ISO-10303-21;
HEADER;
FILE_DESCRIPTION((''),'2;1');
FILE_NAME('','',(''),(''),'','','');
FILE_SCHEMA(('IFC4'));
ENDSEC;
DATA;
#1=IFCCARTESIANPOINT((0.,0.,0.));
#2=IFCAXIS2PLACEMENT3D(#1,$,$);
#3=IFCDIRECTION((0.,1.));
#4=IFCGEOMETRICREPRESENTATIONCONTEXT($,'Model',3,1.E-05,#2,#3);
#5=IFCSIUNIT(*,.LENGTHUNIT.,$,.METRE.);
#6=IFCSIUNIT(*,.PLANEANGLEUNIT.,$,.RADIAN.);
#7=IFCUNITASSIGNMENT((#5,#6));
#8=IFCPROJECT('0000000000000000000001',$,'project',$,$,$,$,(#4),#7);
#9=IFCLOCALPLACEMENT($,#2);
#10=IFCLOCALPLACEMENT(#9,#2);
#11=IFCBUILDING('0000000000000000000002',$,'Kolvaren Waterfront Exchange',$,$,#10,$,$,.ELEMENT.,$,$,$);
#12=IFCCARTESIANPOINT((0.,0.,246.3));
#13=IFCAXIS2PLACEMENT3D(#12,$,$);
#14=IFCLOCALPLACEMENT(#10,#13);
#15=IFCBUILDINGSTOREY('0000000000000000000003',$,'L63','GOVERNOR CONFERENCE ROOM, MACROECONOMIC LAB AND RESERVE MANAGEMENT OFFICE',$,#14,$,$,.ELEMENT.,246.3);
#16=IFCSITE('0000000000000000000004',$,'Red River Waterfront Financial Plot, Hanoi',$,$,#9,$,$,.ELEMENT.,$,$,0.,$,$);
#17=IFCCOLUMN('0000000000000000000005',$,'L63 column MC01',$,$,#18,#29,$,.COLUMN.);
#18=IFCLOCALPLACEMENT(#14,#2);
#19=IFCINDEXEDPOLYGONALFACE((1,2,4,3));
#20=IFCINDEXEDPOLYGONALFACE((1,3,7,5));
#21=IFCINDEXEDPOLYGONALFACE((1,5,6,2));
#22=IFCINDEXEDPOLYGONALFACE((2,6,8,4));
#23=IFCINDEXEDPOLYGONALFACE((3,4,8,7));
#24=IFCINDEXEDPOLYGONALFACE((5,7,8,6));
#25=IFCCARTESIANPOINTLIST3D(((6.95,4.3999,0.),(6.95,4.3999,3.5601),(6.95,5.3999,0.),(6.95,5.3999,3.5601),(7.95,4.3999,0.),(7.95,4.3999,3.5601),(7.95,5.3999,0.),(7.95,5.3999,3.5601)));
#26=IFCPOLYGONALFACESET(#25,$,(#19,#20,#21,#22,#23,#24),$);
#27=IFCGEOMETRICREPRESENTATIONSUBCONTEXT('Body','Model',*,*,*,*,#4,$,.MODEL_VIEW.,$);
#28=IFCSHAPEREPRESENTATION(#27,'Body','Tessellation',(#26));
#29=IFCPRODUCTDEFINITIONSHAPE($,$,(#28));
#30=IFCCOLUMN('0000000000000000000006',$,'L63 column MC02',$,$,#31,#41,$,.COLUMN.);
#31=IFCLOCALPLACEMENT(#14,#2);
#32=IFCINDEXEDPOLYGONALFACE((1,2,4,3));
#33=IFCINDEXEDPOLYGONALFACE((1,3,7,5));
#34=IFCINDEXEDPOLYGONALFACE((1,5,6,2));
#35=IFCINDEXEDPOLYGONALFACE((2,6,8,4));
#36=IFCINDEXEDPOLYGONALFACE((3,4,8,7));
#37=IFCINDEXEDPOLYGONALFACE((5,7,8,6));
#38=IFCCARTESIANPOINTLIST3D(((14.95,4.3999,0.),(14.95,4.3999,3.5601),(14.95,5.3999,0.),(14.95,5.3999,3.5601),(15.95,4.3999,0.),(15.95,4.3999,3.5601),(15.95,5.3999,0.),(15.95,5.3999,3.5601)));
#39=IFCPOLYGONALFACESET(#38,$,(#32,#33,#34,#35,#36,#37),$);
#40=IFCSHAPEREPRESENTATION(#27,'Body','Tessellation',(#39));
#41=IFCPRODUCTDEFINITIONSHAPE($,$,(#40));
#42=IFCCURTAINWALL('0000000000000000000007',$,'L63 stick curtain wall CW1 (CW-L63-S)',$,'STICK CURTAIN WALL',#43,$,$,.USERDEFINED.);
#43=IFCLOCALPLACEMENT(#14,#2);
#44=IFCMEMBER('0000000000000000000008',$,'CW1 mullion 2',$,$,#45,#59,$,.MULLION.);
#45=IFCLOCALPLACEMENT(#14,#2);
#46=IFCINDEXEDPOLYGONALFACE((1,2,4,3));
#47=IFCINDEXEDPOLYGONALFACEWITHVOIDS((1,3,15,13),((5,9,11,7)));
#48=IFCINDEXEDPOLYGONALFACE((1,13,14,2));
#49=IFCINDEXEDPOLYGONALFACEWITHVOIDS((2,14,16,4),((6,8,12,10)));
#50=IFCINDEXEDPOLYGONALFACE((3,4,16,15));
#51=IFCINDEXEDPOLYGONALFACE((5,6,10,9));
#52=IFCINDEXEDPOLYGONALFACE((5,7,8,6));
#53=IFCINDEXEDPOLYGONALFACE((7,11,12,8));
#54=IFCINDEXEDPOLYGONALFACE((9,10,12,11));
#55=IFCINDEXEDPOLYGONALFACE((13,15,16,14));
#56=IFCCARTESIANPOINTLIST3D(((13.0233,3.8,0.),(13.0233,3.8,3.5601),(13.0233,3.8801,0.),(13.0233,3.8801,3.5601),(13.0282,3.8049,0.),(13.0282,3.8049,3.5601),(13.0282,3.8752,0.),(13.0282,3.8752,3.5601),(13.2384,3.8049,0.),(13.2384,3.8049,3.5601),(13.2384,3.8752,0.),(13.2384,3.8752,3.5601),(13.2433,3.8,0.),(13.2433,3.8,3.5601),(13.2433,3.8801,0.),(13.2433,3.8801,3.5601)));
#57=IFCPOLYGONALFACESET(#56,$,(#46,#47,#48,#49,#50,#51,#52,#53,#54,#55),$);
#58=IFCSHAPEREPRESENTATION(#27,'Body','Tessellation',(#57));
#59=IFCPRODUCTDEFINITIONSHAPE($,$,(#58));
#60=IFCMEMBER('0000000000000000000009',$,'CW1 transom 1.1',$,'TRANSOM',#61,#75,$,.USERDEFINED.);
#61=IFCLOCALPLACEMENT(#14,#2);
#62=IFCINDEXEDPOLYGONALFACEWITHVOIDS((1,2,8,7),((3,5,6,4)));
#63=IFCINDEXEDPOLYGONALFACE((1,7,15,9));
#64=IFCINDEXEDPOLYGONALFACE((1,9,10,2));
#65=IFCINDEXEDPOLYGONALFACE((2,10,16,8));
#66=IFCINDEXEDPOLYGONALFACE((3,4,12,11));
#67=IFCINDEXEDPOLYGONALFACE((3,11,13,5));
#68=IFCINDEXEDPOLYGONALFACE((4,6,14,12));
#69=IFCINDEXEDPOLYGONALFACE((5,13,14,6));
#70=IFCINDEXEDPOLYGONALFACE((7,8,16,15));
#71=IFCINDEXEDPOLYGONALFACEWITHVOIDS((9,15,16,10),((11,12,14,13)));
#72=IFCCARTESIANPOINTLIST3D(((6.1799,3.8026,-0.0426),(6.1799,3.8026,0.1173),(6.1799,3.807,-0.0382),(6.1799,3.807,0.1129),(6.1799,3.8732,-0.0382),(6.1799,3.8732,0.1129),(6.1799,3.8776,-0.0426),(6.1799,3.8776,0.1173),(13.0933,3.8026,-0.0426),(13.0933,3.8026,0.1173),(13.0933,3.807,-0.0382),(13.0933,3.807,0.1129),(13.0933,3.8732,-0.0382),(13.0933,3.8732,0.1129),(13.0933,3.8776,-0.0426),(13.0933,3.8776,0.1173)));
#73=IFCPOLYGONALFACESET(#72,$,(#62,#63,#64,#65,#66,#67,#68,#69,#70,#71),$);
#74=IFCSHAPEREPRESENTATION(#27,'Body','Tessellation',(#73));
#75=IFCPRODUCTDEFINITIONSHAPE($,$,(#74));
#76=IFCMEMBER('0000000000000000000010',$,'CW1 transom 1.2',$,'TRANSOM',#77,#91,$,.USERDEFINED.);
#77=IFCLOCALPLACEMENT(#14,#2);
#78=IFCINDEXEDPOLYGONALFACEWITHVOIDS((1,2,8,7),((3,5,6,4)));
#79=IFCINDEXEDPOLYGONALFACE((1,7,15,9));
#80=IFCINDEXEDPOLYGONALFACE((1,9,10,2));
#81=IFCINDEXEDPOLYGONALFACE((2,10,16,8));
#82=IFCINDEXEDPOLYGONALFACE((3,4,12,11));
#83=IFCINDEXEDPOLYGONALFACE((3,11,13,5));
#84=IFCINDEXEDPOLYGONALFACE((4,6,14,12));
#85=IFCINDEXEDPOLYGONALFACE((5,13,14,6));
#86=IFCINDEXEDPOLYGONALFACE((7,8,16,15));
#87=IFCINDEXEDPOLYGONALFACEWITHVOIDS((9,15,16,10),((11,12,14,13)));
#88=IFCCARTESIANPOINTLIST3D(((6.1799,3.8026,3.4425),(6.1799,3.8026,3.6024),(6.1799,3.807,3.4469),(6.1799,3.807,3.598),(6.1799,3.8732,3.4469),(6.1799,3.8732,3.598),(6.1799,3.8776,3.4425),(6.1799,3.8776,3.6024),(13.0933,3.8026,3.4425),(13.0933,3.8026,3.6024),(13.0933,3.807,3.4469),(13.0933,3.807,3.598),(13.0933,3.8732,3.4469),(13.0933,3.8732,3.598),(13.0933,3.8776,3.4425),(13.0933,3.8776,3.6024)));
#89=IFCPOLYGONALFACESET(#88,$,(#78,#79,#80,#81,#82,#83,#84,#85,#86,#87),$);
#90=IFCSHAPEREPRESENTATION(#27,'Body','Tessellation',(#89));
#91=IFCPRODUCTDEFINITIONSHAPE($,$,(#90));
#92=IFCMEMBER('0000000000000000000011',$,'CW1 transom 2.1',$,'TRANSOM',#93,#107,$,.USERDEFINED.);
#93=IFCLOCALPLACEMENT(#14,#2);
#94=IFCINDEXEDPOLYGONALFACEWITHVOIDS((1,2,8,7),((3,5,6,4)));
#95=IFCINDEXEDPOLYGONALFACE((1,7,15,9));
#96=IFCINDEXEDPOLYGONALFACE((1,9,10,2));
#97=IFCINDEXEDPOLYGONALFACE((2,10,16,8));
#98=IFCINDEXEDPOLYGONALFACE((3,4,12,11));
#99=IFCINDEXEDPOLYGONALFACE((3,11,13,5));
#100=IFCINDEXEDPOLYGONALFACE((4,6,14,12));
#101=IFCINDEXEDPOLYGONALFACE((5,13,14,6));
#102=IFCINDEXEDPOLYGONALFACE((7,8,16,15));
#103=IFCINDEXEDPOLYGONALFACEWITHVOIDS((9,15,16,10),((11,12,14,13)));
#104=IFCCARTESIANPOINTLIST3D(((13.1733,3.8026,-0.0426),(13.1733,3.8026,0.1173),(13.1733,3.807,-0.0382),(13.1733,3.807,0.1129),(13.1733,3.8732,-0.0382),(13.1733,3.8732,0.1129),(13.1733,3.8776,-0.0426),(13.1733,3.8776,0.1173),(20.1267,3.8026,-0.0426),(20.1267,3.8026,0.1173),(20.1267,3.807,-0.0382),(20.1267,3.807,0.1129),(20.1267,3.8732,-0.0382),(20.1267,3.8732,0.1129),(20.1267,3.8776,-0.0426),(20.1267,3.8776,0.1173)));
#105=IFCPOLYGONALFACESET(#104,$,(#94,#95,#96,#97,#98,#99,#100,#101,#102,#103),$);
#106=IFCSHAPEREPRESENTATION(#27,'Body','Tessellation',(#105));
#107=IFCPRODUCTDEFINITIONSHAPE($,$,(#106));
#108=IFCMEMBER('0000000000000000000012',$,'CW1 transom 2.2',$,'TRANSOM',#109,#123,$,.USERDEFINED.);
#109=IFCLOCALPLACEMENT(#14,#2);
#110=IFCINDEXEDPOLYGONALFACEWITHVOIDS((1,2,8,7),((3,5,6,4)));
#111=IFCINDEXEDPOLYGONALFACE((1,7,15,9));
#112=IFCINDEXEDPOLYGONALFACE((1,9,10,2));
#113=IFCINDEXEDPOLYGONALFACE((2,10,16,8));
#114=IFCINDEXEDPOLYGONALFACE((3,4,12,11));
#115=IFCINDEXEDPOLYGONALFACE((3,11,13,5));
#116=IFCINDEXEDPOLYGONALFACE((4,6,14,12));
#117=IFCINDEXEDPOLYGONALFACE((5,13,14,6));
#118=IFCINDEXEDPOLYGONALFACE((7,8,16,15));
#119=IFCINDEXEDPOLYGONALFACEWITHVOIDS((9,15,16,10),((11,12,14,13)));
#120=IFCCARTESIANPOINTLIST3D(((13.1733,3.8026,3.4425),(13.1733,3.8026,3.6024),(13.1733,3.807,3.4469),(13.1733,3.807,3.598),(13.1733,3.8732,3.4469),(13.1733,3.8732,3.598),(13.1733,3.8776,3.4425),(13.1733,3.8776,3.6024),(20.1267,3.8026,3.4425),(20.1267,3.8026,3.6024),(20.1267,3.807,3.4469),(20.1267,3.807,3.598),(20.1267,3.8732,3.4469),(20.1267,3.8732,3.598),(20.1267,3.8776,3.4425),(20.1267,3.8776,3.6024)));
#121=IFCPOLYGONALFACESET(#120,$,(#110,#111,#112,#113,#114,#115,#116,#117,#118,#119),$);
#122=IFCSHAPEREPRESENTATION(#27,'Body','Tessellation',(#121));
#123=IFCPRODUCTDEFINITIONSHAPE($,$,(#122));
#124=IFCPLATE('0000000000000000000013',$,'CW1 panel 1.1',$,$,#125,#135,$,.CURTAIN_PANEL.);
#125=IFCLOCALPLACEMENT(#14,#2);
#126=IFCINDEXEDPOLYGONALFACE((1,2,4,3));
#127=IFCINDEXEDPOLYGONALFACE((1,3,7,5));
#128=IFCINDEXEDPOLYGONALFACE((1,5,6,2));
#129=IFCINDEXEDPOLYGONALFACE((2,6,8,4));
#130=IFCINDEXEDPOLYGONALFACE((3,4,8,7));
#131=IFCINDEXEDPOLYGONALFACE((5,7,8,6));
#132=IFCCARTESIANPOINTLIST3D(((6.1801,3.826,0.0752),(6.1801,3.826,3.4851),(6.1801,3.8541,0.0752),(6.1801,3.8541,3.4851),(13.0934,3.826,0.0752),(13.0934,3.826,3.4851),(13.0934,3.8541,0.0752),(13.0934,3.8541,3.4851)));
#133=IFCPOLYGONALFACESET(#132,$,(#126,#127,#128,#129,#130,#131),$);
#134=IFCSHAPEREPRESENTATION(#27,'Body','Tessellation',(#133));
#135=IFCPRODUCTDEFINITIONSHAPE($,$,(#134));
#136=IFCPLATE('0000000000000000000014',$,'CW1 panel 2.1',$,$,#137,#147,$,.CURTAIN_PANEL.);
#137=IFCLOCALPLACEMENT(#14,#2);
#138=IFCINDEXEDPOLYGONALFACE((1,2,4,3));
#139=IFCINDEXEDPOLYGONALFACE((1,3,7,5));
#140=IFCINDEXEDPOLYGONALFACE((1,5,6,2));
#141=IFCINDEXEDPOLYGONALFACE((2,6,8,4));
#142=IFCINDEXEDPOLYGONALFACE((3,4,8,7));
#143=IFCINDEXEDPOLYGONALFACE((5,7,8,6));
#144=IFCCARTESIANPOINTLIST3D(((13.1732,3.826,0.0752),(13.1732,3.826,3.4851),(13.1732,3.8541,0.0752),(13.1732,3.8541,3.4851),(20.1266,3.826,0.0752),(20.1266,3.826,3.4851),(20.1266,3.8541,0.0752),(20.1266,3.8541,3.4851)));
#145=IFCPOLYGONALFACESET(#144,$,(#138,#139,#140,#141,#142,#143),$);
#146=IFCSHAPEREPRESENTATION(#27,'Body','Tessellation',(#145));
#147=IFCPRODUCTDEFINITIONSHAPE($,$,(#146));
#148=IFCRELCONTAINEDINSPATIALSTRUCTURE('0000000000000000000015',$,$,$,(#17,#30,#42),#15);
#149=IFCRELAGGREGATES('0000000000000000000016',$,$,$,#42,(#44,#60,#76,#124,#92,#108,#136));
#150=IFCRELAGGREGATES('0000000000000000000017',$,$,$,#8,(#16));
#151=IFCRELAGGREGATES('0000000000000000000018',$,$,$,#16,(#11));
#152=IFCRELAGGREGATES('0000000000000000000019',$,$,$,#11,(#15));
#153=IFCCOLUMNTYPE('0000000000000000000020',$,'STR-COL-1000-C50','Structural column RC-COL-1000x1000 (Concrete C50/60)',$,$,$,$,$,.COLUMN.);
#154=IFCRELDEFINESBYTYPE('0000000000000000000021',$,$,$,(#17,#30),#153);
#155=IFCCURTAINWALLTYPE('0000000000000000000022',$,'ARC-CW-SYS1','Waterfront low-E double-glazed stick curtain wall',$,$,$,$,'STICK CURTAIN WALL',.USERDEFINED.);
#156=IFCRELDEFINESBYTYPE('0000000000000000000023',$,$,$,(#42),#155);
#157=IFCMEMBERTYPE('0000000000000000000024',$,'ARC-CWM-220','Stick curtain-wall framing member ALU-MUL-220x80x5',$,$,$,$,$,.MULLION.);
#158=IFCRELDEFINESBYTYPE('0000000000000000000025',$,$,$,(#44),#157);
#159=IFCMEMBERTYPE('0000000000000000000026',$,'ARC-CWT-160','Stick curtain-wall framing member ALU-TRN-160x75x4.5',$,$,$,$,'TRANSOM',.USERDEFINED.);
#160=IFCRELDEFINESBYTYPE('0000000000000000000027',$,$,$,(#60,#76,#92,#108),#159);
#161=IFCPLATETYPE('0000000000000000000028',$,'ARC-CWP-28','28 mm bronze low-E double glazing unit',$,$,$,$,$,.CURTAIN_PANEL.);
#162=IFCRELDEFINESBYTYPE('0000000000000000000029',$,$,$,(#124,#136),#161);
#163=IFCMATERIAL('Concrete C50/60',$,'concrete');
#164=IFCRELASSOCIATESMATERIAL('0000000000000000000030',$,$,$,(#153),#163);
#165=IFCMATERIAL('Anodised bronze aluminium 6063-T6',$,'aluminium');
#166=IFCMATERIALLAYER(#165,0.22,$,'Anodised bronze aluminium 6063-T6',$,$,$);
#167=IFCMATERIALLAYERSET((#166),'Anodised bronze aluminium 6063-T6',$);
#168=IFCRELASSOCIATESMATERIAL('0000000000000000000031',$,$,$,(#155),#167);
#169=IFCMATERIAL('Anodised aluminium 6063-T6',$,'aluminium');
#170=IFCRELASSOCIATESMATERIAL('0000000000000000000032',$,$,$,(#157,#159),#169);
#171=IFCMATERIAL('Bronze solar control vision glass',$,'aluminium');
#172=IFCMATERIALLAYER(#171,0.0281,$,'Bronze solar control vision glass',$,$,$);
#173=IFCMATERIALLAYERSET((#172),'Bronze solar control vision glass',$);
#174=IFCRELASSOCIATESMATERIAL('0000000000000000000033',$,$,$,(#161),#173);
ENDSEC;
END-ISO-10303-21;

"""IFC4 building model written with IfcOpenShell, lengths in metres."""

from ifc_helpers import new_model, si_unit, direction, frame, origin, origin_with_axes, origin_2d, place, context, subcontext, project, spatial, rectangle, hollow_rectangle, extrude, source, transform, mapped, material, layer, layer_set, material_profile, profile_set, type_object, element, aggregate, save


model = new_model("IFC4")

# Units and contexts
model_context = context("Model", 3, precision=1e-05, world=origin(), true_north=direction((0.0, 1.0)))
body_context = subcontext(model_context, "Body", "Model", "MODEL_VIEW")
ifc_project = project(units=[si_unit("LENGTHUNIT", "METRE"), si_unit("PLANEANGLEUNIT", "RADIAN")], contexts=[model_context])

# Site, building, storey
site_placement = place(None, origin())
site = spatial("IfcSite", under=ifc_project, at=site_placement, Name="Red River Waterfront Financial Plot, Hanoi", CompositionType="ELEMENT", RefElevation=0.0)
building_placement = place(site_placement, origin())
building = spatial("IfcBuilding", under=site, at=building_placement, Name="Kolvaren Waterfront Exchange", CompositionType="ELEMENT")
storey_placement = place(building_placement, frame((0.0, 0.0, 246.3)))
storey = spatial("IfcBuildingStorey", under=building, at=storey_placement, Name="L63", Description="GOVERNOR CONFERENCE ROOM, MACROECONOMIC LAB AND RESERVE MANAGEMENT OFFICE", CompositionType="ELEMENT", Elevation=246.3)

# Columns
ifc_material_1 = material(Name="Concrete C50/60", Category="concrete")
ifc_material_profile_1 = material_profile(ifc_material_1, rectangle(XDim=1.0, YDim=1.0, at=origin_2d()), Name="RC-COL-1000x1000")
ifc_profile_set_1 = profile_set([ifc_material_profile_1], Name="Concrete C50/60")
column_type = type_object("IfcColumnType", Name="STR-COL-1000-C50", Description="Structural column RC-COL-1000x1000 (Concrete C50/60)", PredefinedType="COLUMN", material=ifc_profile_set_1)
for number, where, z_axis, x_axis, name in (
    (1, (7.45, 4.8999, 0.0), (0.0, 0.0, 1.0), (1.0, 0.0, 0.0), "L63 column MC01"),
    (2, (15.45, 4.8999, 0.0), (0.0, 0.0, 1.0), (1.0, 0.0, 0.0), "L63 column MC02"),
):
    element("IfcColumn", number, at=place(storey_placement, frame(where, z_axis=z_axis, x_axis=x_axis)), inside=storey, type_object=column_type, Name=name, PredefinedType="COLUMN", context=body_context, shape_type="SweptSolid", body=[
        extrude(rectangle(XDim=1.0, YDim=1.0, at=origin_2d()), origin(), (0.0, 0.0, 1.0), 3.5601),
    ])

# Curtain wall, members, plates
ifc_material_2 = material(Name="Anodised bronze aluminium 6063-T6", Category="aluminium")
ifc_layer_1 = layer(ifc_material_2, 0.22, Name="Anodised bronze aluminium 6063-T6")
ifc_layer_set_1 = layer_set([ifc_layer_1], Name="Anodised bronze aluminium 6063-T6")
curtain_wall_type = type_object("IfcCurtainWallType", Name="ARC-CW-SYS1", Description="Waterfront low-E double-glazed stick curtain wall", ElementType="STICK CURTAIN WALL", PredefinedType="USERDEFINED", material=ifc_layer_set_1)
curtain_wall_placement = place(storey_placement, origin())
curtain_wall = element("IfcCurtainWall", 3, at=curtain_wall_placement, inside=storey, type_object=curtain_wall_type, Name="L63 stick curtain wall CW1 (CW-L63-S)", ObjectType="STICK CURTAIN WALL", PredefinedType="USERDEFINED")
ifc_material_3 = material(Name="Anodised aluminium 6063-T6", Category="aluminium")
ifc_material_profile_2 = material_profile(ifc_material_3, hollow_rectangle(XDim=0.0801, YDim=0.22, WallThickness=0.0049, at=origin_2d()), Name="ALU-MUL-220x80x5")
ifc_profile_set_2 = profile_set([ifc_material_profile_2], Name="Anodised aluminium 6063-T6")
member_type_1 = type_object("IfcMemberType", Name="ARC-CWM-220", Description="Stick curtain-wall framing member ALU-MUL-220x80x5", PredefinedType="MULLION", material=ifc_profile_set_2)
shared_shape_1 = source(origin_with_axes(), body_context, "Body", "SweptSolid", [
    extrude(hollow_rectangle(XDim=0.0801, YDim=0.22, WallThickness=0.0049, at=origin_2d()), origin(), (0.0, 0.0, 1.0), 3.5601),
])
member_1_placement = place(storey_placement, frame((13.1333, 3.8401, 0.0), z_axis=(0.0, 0.0, 1.0), x_axis=(0.0, 1.0, 0.0)))
member_1 = element("IfcMember", 4, at=member_1_placement, type_object=member_type_1, Name="CW1 mullion 2", PredefinedType="MULLION", context=body_context, shape_type="MappedRepresentation", body=[
    mapped(shared_shape_1, transform((0.0, 0.0, 0.0), x_axis=(1.0, 0.0, 0.0), y_axis=(0.0, 1.0, 0.0), z_axis=(0.0, 0.0, 1.0), scale=1.0)),
])
ifc_material_profile_3 = material_profile(ifc_material_3, hollow_rectangle(XDim=0.075, YDim=0.1599, WallThickness=0.0044, at=origin_2d()), Name="ALU-TRN-160x75x4.5")
ifc_profile_set_3 = profile_set([ifc_material_profile_3], Name="Anodised aluminium 6063-T6")
member_type_2 = type_object("IfcMemberType", Name="ARC-CWT-160", Description="Stick curtain-wall framing member ALU-TRN-160x75x4.5", ElementType="TRANSOM", PredefinedType="USERDEFINED", material=ifc_profile_set_3)
shared_shape_2 = source(origin_with_axes(), body_context, "Body", "SweptSolid", [
    extrude(hollow_rectangle(XDim=0.075, YDim=0.1599, WallThickness=0.0044, at=origin_2d()), origin(), (0.0, 0.0, 1.0), 6.9133),
])
member_2_placement = place(storey_placement, frame((6.1799, 3.8401, 0.0374), z_axis=(1.0, 0.0, 0.0), x_axis=(0.0, 1.0, 0.0)))
member_2 = element("IfcMember", 5, at=member_2_placement, type_object=member_type_2, Name="CW1 transom 1.1", ObjectType="TRANSOM", PredefinedType="USERDEFINED", context=body_context, shape_type="MappedRepresentation", body=[
    mapped(shared_shape_2, transform((0.0, 0.0, 0.0), x_axis=(1.0, 0.0, 0.0), y_axis=(0.0, 1.0, 0.0), z_axis=(0.0, 0.0, 1.0), scale=1.0)),
])
member_3_placement = place(storey_placement, frame((6.1799, 3.8401, 3.5225), z_axis=(1.0, 0.0, 0.0), x_axis=(0.0, 1.0, 0.0)))
member_3 = element("IfcMember", 6, at=member_3_placement, type_object=member_type_2, Name="CW1 transom 1.2", ObjectType="TRANSOM", PredefinedType="USERDEFINED", context=body_context, shape_type="MappedRepresentation", body=[
    mapped(shared_shape_2, transform((0.0, 0.0, 0.0), x_axis=(1.0, 0.0, 0.0), y_axis=(0.0, 1.0, 0.0), z_axis=(0.0, 0.0, 1.0), scale=1.0)),
])
shared_shape_3 = source(origin_with_axes(), body_context, "Body", "SweptSolid", [
    extrude(hollow_rectangle(XDim=0.075, YDim=0.1599, WallThickness=0.0044, at=origin_2d()), origin(), (0.0, 0.0, 1.0), 6.9534),
])
member_4_placement = place(storey_placement, frame((13.1733, 3.8401, 0.0374), z_axis=(1.0, 0.0, 0.0), x_axis=(0.0, 1.0, 0.0)))
member_4 = element("IfcMember", 7, at=member_4_placement, type_object=member_type_2, Name="CW1 transom 2.1", ObjectType="TRANSOM", PredefinedType="USERDEFINED", context=body_context, shape_type="MappedRepresentation", body=[
    mapped(shared_shape_3, transform((0.0, 0.0, 0.0), x_axis=(1.0, 0.0, 0.0), y_axis=(0.0, 1.0, 0.0), z_axis=(0.0, 0.0, 1.0), scale=1.0)),
])
member_5_placement = place(storey_placement, frame((13.1733, 3.8401, 3.5225), z_axis=(1.0, 0.0, 0.0), x_axis=(0.0, 1.0, 0.0)))
member_5 = element("IfcMember", 8, at=member_5_placement, type_object=member_type_2, Name="CW1 transom 2.2", ObjectType="TRANSOM", PredefinedType="USERDEFINED", context=body_context, shape_type="MappedRepresentation", body=[
    mapped(shared_shape_3, transform((0.0, 0.0, 0.0), x_axis=(1.0, 0.0, 0.0), y_axis=(0.0, 1.0, 0.0), z_axis=(0.0, 0.0, 1.0), scale=1.0)),
])
ifc_material_4 = material(Name="Bronze solar control vision glass", Category="aluminium")
ifc_layer_2 = layer(ifc_material_4, 0.0281, Name="Bronze solar control vision glass")
ifc_layer_set_2 = layer_set([ifc_layer_2], Name="Bronze solar control vision glass")
plate_type = type_object("IfcPlateType", Name="ARC-CWP-28", Description="28 mm bronze low-E double glazing unit", PredefinedType="CURTAIN_PANEL", material=ifc_layer_set_2)
shared_shape_4 = source(origin_with_axes(), body_context, "Body", "SweptSolid", [
    extrude(rectangle(XDim=6.9133, YDim=0.0281, at=origin_2d()), origin(), (0.0, 0.0, 1.0), 3.4099),
])
plate_1_placement = place(storey_placement, frame((9.6367, 3.8401, 0.0752), z_axis=(0.0, 0.0, 1.0), x_axis=(1.0, 0.0, 0.0)))
plate_1 = element("IfcPlate", 9, at=plate_1_placement, type_object=plate_type, Name="CW1 panel 1.1", PredefinedType="CURTAIN_PANEL", context=body_context, shape_type="MappedRepresentation", body=[
    mapped(shared_shape_4, transform((0.0, 0.0, 0.0), x_axis=(1.0, 0.0, 0.0), y_axis=(0.0, 1.0, 0.0), z_axis=(0.0, 0.0, 1.0), scale=1.0)),
])
shared_shape_5 = source(origin_with_axes(), body_context, "Body", "SweptSolid", [
    extrude(rectangle(XDim=6.9534, YDim=0.0281, at=origin_2d()), origin(), (0.0, 0.0, 1.0), 3.4099),
])
plate_2_placement = place(storey_placement, frame((16.6499, 3.8401, 0.0752), z_axis=(0.0, 0.0, 1.0), x_axis=(1.0, 0.0, 0.0)))
plate_2 = element("IfcPlate", 10, at=plate_2_placement, type_object=plate_type, Name="CW1 panel 2.1", PredefinedType="CURTAIN_PANEL", context=body_context, shape_type="MappedRepresentation", body=[
    mapped(shared_shape_5, transform((0.0, 0.0, 0.0), x_axis=(1.0, 0.0, 0.0), y_axis=(0.0, 1.0, 0.0), z_axis=(0.0, 0.0, 1.0), scale=1.0)),
])
aggregate(curtain_wall, [member_1, member_2, member_3, plate_1, member_4, member_5, plate_2])

save(model, "model.ifc")
